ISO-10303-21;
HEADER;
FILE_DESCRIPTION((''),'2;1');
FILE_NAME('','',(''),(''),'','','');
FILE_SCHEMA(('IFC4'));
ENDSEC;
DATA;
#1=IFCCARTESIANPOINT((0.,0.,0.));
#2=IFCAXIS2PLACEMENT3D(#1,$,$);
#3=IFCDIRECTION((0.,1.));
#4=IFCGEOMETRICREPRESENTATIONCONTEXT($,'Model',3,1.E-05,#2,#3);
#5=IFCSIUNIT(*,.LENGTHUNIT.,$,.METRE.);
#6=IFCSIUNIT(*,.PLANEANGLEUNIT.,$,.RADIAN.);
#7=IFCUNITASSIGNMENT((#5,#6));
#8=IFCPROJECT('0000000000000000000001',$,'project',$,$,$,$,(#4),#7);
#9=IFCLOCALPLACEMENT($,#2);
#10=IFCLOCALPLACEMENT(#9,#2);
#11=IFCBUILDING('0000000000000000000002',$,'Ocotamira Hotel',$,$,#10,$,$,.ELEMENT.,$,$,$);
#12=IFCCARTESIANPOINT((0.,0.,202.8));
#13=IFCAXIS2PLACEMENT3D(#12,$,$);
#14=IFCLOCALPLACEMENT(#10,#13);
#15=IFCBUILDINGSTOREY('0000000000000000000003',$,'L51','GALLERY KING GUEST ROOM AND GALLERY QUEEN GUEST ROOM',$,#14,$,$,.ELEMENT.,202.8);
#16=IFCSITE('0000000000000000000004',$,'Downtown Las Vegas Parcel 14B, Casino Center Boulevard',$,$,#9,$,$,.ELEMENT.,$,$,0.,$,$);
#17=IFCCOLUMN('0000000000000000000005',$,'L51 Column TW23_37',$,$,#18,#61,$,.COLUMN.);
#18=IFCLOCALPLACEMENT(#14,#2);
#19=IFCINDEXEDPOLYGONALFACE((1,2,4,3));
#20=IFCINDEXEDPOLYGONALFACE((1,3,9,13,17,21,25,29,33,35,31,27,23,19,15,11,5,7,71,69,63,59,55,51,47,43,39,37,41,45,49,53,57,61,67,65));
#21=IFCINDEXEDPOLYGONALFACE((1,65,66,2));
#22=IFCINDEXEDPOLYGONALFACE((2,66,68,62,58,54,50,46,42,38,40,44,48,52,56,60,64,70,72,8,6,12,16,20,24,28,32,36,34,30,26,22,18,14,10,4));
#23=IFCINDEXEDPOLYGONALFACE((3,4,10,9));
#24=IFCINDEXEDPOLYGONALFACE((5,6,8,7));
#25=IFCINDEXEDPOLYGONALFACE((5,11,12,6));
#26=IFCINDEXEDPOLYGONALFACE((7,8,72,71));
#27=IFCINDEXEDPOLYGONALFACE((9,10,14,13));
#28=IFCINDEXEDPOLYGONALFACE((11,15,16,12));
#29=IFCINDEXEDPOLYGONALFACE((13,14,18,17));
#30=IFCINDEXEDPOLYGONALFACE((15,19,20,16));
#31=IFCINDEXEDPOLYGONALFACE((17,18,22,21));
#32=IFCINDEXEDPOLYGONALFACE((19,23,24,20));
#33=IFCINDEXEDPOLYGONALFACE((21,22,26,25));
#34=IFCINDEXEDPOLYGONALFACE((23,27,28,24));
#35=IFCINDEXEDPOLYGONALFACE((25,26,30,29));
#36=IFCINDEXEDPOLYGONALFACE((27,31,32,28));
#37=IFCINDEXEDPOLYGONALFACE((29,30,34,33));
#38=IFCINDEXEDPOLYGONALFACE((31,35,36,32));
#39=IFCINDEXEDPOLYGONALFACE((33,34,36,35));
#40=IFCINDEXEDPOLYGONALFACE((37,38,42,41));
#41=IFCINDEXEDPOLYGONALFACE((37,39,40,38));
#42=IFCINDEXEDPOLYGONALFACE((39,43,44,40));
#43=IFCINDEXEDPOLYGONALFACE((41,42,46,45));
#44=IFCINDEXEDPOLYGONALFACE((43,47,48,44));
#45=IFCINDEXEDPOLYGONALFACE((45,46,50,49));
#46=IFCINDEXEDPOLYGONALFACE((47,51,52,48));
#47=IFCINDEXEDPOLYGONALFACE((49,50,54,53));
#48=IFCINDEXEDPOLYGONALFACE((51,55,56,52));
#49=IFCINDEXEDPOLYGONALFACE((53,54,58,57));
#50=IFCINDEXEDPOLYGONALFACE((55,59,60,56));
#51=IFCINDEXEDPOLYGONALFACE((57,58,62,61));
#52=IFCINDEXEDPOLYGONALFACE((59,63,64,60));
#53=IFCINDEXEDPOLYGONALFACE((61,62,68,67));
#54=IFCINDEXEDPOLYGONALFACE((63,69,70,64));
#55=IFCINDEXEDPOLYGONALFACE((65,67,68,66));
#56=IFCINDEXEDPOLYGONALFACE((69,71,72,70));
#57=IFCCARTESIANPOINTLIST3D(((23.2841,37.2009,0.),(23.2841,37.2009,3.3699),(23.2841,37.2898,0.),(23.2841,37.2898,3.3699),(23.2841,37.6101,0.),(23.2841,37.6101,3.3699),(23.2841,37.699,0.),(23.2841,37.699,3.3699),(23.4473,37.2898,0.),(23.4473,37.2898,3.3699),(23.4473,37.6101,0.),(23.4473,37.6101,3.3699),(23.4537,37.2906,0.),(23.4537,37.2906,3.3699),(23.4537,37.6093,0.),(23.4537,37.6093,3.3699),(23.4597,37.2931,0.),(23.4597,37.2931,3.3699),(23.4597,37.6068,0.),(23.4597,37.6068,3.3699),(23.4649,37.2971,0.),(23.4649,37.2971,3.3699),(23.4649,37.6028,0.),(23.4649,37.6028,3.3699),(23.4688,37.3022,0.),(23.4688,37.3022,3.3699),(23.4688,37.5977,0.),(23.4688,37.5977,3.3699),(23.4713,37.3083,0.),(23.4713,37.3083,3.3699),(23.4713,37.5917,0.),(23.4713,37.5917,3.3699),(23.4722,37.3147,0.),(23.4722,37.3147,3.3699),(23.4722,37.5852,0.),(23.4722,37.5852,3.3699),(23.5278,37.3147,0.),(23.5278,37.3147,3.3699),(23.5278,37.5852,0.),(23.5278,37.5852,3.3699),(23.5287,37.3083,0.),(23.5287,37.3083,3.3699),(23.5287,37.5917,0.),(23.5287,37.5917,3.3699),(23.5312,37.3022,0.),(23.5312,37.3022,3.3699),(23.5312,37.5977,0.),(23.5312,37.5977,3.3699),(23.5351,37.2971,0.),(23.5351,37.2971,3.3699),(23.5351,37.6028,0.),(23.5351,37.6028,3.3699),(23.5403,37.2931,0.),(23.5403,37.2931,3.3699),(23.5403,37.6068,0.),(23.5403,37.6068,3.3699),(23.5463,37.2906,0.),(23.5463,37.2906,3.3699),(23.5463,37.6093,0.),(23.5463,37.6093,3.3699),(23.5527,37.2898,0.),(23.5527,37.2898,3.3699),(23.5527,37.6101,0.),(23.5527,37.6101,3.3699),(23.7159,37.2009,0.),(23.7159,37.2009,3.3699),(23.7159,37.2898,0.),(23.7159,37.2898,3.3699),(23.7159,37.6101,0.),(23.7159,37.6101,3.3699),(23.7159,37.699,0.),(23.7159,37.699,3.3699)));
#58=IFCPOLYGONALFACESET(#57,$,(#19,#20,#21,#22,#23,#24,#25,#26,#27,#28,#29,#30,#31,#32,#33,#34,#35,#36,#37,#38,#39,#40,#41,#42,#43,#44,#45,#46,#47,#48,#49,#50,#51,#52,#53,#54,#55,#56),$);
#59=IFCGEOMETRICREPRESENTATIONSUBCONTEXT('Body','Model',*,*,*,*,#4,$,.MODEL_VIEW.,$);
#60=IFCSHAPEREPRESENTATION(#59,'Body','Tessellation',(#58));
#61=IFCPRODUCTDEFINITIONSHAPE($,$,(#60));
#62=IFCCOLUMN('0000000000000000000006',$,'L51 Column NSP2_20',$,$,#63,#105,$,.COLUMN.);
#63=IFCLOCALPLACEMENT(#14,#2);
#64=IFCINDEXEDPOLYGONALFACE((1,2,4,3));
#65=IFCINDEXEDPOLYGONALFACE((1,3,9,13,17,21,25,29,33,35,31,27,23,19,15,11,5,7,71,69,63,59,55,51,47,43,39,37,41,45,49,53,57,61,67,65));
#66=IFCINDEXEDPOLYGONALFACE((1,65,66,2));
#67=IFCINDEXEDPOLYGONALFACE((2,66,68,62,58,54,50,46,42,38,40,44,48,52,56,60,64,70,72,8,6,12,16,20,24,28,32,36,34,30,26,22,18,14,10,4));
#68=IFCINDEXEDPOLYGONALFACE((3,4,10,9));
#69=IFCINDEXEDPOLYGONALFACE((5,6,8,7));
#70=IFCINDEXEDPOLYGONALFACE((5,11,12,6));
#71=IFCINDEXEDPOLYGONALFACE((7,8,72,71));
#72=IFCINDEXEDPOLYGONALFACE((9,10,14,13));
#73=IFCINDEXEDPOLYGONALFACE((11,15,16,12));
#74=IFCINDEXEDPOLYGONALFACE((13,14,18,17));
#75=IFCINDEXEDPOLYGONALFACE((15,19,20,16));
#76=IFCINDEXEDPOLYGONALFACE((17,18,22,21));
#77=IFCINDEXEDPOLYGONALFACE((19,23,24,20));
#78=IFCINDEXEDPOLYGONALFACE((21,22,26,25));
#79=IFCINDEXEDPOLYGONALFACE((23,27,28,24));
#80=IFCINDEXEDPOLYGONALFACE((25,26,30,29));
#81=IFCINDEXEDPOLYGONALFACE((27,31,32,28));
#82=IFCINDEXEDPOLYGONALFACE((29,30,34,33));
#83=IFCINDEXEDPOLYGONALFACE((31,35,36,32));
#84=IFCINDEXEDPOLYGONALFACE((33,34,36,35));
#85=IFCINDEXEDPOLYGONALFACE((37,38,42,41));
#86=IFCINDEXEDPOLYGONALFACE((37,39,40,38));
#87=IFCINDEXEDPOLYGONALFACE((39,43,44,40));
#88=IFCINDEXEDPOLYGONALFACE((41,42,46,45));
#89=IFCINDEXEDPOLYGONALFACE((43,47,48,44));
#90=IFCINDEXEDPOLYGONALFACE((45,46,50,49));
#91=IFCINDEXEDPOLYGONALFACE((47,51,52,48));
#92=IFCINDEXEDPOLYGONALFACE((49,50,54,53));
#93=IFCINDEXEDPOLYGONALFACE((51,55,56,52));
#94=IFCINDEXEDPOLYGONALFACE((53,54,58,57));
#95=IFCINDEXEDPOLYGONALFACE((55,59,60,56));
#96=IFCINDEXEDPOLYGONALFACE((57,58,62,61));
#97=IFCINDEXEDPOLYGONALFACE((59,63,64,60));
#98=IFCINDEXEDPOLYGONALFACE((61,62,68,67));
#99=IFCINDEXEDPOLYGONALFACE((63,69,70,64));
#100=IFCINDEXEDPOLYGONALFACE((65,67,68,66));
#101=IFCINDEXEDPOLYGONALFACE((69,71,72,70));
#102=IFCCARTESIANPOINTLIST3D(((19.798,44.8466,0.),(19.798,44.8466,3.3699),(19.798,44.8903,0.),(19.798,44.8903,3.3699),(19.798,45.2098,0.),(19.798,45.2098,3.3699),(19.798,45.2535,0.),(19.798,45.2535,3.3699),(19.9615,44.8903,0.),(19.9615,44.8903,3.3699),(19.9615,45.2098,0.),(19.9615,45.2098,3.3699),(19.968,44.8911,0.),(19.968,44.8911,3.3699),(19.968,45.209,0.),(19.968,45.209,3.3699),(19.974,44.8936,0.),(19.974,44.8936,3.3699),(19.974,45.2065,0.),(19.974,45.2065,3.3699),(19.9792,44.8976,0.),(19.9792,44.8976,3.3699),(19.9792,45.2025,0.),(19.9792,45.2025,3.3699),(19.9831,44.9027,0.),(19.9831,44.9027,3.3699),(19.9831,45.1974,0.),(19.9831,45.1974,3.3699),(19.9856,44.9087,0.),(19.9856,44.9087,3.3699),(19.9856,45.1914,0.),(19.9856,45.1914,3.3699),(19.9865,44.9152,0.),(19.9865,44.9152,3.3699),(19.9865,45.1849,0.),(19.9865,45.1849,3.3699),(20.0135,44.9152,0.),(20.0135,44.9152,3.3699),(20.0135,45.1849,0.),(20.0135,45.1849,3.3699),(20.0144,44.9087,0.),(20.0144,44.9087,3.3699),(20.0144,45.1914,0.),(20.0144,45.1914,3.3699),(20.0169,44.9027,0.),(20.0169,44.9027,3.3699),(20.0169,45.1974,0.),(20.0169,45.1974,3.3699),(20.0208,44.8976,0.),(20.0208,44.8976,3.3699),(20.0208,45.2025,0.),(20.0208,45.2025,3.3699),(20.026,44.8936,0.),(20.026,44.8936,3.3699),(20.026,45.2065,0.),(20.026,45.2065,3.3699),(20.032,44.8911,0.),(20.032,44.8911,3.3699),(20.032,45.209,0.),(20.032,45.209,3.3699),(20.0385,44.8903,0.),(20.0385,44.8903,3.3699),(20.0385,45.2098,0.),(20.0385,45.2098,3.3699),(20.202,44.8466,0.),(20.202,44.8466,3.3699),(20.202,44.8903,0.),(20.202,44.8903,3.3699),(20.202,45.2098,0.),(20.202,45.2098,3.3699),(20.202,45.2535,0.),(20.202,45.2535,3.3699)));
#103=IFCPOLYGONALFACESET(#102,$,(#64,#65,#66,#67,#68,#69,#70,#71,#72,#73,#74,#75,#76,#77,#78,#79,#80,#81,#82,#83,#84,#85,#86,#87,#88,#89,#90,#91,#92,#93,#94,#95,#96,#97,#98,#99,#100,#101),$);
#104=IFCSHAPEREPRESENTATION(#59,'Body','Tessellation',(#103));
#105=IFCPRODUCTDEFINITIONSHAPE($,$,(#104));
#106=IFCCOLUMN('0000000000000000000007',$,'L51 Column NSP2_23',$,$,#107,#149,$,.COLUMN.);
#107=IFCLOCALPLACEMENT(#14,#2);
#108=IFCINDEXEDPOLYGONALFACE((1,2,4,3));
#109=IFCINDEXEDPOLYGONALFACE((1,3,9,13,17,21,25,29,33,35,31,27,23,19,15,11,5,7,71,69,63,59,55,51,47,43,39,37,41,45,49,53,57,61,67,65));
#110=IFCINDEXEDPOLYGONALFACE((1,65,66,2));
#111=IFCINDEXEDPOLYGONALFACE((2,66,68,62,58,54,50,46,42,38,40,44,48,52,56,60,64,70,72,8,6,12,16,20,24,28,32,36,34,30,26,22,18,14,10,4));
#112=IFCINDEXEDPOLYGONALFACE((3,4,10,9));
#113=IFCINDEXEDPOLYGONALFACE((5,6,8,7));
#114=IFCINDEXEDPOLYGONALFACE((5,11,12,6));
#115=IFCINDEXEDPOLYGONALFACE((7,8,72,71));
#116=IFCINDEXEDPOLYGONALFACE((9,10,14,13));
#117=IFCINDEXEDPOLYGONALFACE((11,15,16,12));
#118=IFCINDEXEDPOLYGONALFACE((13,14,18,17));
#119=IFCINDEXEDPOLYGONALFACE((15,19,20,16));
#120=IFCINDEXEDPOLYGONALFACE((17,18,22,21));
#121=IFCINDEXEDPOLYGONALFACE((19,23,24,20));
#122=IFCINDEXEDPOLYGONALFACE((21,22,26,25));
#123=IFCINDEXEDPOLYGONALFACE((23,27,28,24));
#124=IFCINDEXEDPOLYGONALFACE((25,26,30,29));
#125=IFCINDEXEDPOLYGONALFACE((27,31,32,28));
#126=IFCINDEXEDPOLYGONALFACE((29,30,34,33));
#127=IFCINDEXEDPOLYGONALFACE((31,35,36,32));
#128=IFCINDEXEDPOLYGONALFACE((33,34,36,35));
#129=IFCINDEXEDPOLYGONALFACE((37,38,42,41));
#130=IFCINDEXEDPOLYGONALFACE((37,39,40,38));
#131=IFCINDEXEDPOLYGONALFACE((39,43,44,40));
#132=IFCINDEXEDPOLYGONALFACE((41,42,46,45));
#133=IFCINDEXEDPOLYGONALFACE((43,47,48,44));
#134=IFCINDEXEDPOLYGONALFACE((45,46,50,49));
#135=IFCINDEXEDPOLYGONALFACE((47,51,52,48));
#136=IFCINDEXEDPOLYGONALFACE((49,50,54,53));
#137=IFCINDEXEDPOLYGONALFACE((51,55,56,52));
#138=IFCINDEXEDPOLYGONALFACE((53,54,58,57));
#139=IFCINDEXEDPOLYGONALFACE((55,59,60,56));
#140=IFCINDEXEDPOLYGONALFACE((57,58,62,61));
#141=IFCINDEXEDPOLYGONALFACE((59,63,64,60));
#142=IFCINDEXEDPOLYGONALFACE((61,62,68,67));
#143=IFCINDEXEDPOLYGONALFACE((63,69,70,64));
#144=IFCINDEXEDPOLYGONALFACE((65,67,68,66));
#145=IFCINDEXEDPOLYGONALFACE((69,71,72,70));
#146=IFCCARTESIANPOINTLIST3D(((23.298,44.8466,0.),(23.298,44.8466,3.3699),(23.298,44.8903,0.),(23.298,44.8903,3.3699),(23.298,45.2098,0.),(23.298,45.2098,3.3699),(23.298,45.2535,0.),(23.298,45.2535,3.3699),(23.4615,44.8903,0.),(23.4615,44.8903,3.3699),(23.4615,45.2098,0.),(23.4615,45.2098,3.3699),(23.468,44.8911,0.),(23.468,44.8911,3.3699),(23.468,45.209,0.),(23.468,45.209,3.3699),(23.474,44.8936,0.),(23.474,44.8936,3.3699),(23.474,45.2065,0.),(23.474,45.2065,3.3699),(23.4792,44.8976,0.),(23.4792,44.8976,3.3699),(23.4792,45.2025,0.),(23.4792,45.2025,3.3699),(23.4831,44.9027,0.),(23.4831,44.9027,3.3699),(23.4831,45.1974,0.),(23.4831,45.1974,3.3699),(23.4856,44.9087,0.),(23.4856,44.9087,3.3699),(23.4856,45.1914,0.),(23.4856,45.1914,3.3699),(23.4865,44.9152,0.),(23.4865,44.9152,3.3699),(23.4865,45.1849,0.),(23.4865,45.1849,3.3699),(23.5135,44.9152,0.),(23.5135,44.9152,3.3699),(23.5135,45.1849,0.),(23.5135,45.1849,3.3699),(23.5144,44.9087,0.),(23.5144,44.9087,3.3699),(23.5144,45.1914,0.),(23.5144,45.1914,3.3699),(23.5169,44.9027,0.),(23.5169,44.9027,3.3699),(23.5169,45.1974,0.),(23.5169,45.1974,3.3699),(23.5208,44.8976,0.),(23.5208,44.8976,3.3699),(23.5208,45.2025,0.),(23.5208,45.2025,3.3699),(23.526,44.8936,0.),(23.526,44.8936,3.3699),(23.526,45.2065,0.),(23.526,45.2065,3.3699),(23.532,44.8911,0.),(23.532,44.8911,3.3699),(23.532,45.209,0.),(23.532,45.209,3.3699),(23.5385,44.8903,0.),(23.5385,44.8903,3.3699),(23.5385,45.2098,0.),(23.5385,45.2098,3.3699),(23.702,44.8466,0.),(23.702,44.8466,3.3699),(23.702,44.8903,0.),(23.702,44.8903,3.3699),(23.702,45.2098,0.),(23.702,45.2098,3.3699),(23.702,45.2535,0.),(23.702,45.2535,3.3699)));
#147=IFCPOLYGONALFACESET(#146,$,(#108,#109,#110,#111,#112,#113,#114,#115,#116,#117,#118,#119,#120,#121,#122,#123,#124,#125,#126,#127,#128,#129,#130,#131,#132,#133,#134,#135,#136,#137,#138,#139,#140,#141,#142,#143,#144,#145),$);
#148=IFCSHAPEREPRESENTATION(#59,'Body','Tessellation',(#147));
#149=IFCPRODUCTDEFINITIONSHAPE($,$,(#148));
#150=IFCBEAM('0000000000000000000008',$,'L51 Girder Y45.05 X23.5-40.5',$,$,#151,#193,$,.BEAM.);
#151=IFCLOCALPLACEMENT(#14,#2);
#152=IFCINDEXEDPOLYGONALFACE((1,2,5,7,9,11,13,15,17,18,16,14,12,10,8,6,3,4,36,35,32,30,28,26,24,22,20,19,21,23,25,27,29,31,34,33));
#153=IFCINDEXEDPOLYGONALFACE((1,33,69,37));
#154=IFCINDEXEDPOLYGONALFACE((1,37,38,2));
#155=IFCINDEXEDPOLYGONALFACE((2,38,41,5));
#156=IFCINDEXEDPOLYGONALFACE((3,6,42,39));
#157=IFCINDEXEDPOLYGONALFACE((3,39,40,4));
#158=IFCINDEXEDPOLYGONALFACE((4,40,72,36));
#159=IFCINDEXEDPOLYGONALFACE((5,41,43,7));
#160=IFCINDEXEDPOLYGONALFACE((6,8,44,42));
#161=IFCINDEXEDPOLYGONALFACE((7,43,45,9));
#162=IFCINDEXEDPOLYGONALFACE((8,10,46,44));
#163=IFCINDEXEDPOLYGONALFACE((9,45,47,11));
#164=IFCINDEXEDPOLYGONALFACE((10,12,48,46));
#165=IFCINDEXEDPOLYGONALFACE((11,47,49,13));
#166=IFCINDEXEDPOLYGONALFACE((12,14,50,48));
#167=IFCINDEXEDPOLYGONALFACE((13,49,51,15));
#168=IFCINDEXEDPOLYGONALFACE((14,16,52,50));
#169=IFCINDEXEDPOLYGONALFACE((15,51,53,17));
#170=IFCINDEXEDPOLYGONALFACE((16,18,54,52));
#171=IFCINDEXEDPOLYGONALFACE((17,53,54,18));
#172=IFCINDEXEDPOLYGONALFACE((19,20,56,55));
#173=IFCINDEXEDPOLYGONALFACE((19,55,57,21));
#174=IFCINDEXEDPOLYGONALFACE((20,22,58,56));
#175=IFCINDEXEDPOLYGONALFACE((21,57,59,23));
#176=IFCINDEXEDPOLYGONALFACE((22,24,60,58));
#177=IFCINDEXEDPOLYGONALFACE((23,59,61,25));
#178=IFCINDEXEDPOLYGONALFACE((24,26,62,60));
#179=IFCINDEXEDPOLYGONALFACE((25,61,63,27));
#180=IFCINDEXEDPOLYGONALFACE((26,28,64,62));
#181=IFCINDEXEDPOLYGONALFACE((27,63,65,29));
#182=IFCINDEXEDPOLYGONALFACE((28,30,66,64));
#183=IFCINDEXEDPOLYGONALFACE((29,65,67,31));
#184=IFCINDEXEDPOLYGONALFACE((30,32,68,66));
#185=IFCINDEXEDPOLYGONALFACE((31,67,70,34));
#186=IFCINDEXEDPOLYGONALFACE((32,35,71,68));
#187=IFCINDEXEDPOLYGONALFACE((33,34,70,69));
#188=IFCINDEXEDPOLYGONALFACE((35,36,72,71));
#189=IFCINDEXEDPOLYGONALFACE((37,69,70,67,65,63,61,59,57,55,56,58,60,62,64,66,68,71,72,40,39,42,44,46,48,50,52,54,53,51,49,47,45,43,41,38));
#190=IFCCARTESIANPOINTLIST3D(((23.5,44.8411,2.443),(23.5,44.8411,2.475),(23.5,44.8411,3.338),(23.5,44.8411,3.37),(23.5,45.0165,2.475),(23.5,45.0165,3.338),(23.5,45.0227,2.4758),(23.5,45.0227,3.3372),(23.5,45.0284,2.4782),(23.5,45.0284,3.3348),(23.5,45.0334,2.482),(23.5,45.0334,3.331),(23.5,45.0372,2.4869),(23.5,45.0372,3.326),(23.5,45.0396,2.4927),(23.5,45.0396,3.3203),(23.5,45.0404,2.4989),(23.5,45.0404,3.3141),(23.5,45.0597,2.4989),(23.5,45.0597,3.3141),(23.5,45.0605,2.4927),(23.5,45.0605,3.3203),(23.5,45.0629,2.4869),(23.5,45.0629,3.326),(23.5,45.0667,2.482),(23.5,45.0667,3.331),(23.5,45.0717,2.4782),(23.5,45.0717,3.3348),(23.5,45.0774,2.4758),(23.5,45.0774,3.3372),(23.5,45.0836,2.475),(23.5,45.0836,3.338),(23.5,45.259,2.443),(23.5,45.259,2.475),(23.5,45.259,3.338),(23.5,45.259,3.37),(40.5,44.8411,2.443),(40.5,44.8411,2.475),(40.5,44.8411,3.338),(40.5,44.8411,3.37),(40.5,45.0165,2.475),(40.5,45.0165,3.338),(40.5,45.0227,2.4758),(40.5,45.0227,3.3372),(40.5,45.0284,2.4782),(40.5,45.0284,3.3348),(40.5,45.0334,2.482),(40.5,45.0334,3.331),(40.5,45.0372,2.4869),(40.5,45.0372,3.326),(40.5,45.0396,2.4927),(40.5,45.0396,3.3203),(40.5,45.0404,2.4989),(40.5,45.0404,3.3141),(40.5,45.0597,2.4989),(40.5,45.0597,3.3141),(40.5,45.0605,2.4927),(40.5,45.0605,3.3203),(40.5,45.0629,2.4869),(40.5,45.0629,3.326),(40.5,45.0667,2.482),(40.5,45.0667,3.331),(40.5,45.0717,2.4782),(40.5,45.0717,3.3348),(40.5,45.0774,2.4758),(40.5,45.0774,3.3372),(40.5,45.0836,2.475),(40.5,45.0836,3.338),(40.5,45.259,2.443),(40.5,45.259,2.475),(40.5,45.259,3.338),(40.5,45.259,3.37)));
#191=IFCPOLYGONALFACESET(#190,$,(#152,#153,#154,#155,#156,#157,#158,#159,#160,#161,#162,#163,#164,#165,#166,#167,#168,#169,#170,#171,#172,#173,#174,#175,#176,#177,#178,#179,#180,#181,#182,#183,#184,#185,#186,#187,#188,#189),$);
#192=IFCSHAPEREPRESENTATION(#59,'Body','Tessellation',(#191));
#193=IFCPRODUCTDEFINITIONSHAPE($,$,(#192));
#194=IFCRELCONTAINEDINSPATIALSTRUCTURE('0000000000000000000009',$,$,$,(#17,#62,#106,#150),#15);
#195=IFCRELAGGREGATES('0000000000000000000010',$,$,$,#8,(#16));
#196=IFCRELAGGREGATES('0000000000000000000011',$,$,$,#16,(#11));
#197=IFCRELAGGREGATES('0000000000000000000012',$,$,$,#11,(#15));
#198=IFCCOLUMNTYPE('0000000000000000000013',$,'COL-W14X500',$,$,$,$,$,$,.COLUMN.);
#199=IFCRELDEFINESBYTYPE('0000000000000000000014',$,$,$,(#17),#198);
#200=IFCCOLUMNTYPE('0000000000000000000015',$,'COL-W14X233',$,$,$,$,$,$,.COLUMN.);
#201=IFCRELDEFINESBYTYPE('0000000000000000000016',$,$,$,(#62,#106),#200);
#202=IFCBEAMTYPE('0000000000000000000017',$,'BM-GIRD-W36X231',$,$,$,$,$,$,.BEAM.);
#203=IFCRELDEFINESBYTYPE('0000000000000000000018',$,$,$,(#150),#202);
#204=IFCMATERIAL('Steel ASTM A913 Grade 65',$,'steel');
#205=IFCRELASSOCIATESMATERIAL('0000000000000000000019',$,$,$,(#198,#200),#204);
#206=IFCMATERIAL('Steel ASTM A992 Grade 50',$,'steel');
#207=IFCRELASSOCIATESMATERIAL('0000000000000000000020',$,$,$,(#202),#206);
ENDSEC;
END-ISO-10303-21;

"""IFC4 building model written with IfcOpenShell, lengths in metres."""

from ifc_helpers import new_model, si_unit, direction, frame, origin, origin_2d, place, context, subcontext, project, spatial, i_section, extrude, source, transform, mapped, material, material_profile, profile_set, type_object, element, save


model = new_model("IFC4")

# Units and contexts
model_context = context("Model", 3, precision=1e-05, world=origin(), true_north=direction((0.0, 1.0)))
body_context = subcontext(model_context, "Body", "Model", "MODEL_VIEW")
ifc_project = project(units=[si_unit("LENGTHUNIT", "METRE"), si_unit("PLANEANGLEUNIT", "RADIAN")], contexts=[model_context])

# Site, building, storey
site_placement = place(None, origin())
site = spatial("IfcSite", under=ifc_project, at=site_placement, Name="Downtown Las Vegas Parcel 14B, Casino Center Boulevard", CompositionType="ELEMENT", RefElevation=0.0)
building_placement = place(site_placement, origin())
building = spatial("IfcBuilding", under=site, at=building_placement, Name="Ocotamira Hotel", CompositionType="ELEMENT")
storey_placement = place(building_placement, frame((0.0, 0.0, 202.8)))
storey = spatial("IfcBuildingStorey", under=building, at=storey_placement, Name="L51", Description="GALLERY KING GUEST ROOM AND GALLERY QUEEN GUEST ROOM", CompositionType="ELEMENT", Elevation=202.8)

# Columns
ifc_material_1 = material(Name="Steel ASTM A913 Grade 65", Category="steel")
ifc_material_profile_1 = material_profile(ifc_material_1, i_section(OverallWidth=0.4319, OverallDepth=0.498, WebThickness=0.0557, FlangeThickness=0.0889, FilletRadius=0.0249, at=origin_2d()), Name="W14X500")
ifc_profile_set_1 = profile_set([ifc_material_profile_1], Name="Steel ASTM A913 Grade 65")
column_type_1 = type_object("IfcColumnType", Name="COL-W14X500", PredefinedType="COLUMN", material=ifc_profile_set_1)
shared_shape_1 = source(origin(), body_context, "Body", "SweptSolid", [
    extrude(i_section(OverallWidth=0.4319, OverallDepth=0.498, WebThickness=0.0557, FlangeThickness=0.0889, FilletRadius=0.0249, at=origin_2d()), origin(), (0.0, 0.0, 1.0), 3.3699),
])
column_placement = place(storey_placement, frame((23.5, 37.45, 0.0), z_axis=(0.0, 0.0, 1.0), x_axis=(1.0, 0.0, 0.0)))
element("IfcColumn", 1, at=column_placement, inside=storey, type_object=column_type_1, Name="L51 Column TW23_37", PredefinedType="COLUMN", context=body_context, shape_type="MappedRepresentation", body=[
    mapped(shared_shape_1, transform((0.0, 0.0, 0.0), scale=1.0)),
])
ifc_material_profile_2 = material_profile(ifc_material_1, i_section(OverallWidth=0.4041, OverallDepth=0.407, WebThickness=0.0271, FlangeThickness=0.0437, FilletRadius=0.0249, at=origin_2d()), Name="W14X233")
ifc_profile_set_2 = profile_set([ifc_material_profile_2], Name="Steel ASTM A913 Grade 65")
column_type_2 = type_object("IfcColumnType", Name="COL-W14X233", PredefinedType="COLUMN", material=ifc_profile_set_2)
shared_shape_2 = source(origin(), body_context, "Body", "SweptSolid", [
    extrude(i_section(OverallWidth=0.4041, OverallDepth=0.407, WebThickness=0.0271, FlangeThickness=0.0437, FilletRadius=0.0249, at=origin_2d()), origin(), (0.0, 0.0, 1.0), 3.3699),
])
for number, where, z_axis, x_axis, name in (
    (2, (20.0, 45.05, 0.0), (0.0, 0.0, 1.0), (1.0, 0.0, 0.0), "L51 Column NSP2_20"),
    (3, (23.5, 45.05, 0.0), (0.0, 0.0, 1.0), (1.0, 0.0, 0.0), "L51 Column NSP2_23"),
):
    element("IfcColumn", number, at=place(storey_placement, frame(where, z_axis=z_axis, x_axis=x_axis)), inside=storey, type_object=column_type_2, Name=name, PredefinedType="COLUMN", context=body_context, shape_type="MappedRepresentation", body=[
        mapped(shared_shape_2, transform((0.0, 0.0, 0.0), scale=1.0)),
    ])

# Beam
ifc_material_2 = material(Name="Steel ASTM A992 Grade 50", Category="steel")
ifc_material_profile_3 = material_profile(ifc_material_2, i_section(OverallWidth=0.418, OverallDepth=0.927, WebThickness=0.0193, FlangeThickness=0.032, FilletRadius=0.0239, at=origin_2d()), Name="W36X231")
ifc_profile_set_3 = profile_set([ifc_material_profile_3], Name="Steel ASTM A992 Grade 50")
beam_type_1 = type_object("IfcBeamType", Name="BM-GIRD-W36X231", PredefinedType="BEAM", material=ifc_profile_set_3)
shared_shape_3 = source(origin(), body_context, "Body", "SweptSolid", [
    extrude(i_section(OverallWidth=0.418, OverallDepth=0.927, WebThickness=0.0193, FlangeThickness=0.032, FilletRadius=0.0239, at=origin_2d()), origin(), (0.0, 0.0, 1.0), 17.0),
])
beam_1_placement = place(storey_placement, frame((23.5, 45.05, 2.9065), z_axis=(1.0, 0.0, 0.0), x_axis=(0.0, 1.0, 0.0)))
element("IfcBeam", 4, at=beam_1_placement, inside=storey, type_object=beam_type_1, Name="L51 Girder Y45.05 X23.5-40.5", PredefinedType="BEAM", context=body_context, shape_type="MappedRepresentation", body=[
    mapped(shared_shape_3, transform((0.0, 0.0, 0.0), scale=1.0)),
])

save(model, "model.ifc")
